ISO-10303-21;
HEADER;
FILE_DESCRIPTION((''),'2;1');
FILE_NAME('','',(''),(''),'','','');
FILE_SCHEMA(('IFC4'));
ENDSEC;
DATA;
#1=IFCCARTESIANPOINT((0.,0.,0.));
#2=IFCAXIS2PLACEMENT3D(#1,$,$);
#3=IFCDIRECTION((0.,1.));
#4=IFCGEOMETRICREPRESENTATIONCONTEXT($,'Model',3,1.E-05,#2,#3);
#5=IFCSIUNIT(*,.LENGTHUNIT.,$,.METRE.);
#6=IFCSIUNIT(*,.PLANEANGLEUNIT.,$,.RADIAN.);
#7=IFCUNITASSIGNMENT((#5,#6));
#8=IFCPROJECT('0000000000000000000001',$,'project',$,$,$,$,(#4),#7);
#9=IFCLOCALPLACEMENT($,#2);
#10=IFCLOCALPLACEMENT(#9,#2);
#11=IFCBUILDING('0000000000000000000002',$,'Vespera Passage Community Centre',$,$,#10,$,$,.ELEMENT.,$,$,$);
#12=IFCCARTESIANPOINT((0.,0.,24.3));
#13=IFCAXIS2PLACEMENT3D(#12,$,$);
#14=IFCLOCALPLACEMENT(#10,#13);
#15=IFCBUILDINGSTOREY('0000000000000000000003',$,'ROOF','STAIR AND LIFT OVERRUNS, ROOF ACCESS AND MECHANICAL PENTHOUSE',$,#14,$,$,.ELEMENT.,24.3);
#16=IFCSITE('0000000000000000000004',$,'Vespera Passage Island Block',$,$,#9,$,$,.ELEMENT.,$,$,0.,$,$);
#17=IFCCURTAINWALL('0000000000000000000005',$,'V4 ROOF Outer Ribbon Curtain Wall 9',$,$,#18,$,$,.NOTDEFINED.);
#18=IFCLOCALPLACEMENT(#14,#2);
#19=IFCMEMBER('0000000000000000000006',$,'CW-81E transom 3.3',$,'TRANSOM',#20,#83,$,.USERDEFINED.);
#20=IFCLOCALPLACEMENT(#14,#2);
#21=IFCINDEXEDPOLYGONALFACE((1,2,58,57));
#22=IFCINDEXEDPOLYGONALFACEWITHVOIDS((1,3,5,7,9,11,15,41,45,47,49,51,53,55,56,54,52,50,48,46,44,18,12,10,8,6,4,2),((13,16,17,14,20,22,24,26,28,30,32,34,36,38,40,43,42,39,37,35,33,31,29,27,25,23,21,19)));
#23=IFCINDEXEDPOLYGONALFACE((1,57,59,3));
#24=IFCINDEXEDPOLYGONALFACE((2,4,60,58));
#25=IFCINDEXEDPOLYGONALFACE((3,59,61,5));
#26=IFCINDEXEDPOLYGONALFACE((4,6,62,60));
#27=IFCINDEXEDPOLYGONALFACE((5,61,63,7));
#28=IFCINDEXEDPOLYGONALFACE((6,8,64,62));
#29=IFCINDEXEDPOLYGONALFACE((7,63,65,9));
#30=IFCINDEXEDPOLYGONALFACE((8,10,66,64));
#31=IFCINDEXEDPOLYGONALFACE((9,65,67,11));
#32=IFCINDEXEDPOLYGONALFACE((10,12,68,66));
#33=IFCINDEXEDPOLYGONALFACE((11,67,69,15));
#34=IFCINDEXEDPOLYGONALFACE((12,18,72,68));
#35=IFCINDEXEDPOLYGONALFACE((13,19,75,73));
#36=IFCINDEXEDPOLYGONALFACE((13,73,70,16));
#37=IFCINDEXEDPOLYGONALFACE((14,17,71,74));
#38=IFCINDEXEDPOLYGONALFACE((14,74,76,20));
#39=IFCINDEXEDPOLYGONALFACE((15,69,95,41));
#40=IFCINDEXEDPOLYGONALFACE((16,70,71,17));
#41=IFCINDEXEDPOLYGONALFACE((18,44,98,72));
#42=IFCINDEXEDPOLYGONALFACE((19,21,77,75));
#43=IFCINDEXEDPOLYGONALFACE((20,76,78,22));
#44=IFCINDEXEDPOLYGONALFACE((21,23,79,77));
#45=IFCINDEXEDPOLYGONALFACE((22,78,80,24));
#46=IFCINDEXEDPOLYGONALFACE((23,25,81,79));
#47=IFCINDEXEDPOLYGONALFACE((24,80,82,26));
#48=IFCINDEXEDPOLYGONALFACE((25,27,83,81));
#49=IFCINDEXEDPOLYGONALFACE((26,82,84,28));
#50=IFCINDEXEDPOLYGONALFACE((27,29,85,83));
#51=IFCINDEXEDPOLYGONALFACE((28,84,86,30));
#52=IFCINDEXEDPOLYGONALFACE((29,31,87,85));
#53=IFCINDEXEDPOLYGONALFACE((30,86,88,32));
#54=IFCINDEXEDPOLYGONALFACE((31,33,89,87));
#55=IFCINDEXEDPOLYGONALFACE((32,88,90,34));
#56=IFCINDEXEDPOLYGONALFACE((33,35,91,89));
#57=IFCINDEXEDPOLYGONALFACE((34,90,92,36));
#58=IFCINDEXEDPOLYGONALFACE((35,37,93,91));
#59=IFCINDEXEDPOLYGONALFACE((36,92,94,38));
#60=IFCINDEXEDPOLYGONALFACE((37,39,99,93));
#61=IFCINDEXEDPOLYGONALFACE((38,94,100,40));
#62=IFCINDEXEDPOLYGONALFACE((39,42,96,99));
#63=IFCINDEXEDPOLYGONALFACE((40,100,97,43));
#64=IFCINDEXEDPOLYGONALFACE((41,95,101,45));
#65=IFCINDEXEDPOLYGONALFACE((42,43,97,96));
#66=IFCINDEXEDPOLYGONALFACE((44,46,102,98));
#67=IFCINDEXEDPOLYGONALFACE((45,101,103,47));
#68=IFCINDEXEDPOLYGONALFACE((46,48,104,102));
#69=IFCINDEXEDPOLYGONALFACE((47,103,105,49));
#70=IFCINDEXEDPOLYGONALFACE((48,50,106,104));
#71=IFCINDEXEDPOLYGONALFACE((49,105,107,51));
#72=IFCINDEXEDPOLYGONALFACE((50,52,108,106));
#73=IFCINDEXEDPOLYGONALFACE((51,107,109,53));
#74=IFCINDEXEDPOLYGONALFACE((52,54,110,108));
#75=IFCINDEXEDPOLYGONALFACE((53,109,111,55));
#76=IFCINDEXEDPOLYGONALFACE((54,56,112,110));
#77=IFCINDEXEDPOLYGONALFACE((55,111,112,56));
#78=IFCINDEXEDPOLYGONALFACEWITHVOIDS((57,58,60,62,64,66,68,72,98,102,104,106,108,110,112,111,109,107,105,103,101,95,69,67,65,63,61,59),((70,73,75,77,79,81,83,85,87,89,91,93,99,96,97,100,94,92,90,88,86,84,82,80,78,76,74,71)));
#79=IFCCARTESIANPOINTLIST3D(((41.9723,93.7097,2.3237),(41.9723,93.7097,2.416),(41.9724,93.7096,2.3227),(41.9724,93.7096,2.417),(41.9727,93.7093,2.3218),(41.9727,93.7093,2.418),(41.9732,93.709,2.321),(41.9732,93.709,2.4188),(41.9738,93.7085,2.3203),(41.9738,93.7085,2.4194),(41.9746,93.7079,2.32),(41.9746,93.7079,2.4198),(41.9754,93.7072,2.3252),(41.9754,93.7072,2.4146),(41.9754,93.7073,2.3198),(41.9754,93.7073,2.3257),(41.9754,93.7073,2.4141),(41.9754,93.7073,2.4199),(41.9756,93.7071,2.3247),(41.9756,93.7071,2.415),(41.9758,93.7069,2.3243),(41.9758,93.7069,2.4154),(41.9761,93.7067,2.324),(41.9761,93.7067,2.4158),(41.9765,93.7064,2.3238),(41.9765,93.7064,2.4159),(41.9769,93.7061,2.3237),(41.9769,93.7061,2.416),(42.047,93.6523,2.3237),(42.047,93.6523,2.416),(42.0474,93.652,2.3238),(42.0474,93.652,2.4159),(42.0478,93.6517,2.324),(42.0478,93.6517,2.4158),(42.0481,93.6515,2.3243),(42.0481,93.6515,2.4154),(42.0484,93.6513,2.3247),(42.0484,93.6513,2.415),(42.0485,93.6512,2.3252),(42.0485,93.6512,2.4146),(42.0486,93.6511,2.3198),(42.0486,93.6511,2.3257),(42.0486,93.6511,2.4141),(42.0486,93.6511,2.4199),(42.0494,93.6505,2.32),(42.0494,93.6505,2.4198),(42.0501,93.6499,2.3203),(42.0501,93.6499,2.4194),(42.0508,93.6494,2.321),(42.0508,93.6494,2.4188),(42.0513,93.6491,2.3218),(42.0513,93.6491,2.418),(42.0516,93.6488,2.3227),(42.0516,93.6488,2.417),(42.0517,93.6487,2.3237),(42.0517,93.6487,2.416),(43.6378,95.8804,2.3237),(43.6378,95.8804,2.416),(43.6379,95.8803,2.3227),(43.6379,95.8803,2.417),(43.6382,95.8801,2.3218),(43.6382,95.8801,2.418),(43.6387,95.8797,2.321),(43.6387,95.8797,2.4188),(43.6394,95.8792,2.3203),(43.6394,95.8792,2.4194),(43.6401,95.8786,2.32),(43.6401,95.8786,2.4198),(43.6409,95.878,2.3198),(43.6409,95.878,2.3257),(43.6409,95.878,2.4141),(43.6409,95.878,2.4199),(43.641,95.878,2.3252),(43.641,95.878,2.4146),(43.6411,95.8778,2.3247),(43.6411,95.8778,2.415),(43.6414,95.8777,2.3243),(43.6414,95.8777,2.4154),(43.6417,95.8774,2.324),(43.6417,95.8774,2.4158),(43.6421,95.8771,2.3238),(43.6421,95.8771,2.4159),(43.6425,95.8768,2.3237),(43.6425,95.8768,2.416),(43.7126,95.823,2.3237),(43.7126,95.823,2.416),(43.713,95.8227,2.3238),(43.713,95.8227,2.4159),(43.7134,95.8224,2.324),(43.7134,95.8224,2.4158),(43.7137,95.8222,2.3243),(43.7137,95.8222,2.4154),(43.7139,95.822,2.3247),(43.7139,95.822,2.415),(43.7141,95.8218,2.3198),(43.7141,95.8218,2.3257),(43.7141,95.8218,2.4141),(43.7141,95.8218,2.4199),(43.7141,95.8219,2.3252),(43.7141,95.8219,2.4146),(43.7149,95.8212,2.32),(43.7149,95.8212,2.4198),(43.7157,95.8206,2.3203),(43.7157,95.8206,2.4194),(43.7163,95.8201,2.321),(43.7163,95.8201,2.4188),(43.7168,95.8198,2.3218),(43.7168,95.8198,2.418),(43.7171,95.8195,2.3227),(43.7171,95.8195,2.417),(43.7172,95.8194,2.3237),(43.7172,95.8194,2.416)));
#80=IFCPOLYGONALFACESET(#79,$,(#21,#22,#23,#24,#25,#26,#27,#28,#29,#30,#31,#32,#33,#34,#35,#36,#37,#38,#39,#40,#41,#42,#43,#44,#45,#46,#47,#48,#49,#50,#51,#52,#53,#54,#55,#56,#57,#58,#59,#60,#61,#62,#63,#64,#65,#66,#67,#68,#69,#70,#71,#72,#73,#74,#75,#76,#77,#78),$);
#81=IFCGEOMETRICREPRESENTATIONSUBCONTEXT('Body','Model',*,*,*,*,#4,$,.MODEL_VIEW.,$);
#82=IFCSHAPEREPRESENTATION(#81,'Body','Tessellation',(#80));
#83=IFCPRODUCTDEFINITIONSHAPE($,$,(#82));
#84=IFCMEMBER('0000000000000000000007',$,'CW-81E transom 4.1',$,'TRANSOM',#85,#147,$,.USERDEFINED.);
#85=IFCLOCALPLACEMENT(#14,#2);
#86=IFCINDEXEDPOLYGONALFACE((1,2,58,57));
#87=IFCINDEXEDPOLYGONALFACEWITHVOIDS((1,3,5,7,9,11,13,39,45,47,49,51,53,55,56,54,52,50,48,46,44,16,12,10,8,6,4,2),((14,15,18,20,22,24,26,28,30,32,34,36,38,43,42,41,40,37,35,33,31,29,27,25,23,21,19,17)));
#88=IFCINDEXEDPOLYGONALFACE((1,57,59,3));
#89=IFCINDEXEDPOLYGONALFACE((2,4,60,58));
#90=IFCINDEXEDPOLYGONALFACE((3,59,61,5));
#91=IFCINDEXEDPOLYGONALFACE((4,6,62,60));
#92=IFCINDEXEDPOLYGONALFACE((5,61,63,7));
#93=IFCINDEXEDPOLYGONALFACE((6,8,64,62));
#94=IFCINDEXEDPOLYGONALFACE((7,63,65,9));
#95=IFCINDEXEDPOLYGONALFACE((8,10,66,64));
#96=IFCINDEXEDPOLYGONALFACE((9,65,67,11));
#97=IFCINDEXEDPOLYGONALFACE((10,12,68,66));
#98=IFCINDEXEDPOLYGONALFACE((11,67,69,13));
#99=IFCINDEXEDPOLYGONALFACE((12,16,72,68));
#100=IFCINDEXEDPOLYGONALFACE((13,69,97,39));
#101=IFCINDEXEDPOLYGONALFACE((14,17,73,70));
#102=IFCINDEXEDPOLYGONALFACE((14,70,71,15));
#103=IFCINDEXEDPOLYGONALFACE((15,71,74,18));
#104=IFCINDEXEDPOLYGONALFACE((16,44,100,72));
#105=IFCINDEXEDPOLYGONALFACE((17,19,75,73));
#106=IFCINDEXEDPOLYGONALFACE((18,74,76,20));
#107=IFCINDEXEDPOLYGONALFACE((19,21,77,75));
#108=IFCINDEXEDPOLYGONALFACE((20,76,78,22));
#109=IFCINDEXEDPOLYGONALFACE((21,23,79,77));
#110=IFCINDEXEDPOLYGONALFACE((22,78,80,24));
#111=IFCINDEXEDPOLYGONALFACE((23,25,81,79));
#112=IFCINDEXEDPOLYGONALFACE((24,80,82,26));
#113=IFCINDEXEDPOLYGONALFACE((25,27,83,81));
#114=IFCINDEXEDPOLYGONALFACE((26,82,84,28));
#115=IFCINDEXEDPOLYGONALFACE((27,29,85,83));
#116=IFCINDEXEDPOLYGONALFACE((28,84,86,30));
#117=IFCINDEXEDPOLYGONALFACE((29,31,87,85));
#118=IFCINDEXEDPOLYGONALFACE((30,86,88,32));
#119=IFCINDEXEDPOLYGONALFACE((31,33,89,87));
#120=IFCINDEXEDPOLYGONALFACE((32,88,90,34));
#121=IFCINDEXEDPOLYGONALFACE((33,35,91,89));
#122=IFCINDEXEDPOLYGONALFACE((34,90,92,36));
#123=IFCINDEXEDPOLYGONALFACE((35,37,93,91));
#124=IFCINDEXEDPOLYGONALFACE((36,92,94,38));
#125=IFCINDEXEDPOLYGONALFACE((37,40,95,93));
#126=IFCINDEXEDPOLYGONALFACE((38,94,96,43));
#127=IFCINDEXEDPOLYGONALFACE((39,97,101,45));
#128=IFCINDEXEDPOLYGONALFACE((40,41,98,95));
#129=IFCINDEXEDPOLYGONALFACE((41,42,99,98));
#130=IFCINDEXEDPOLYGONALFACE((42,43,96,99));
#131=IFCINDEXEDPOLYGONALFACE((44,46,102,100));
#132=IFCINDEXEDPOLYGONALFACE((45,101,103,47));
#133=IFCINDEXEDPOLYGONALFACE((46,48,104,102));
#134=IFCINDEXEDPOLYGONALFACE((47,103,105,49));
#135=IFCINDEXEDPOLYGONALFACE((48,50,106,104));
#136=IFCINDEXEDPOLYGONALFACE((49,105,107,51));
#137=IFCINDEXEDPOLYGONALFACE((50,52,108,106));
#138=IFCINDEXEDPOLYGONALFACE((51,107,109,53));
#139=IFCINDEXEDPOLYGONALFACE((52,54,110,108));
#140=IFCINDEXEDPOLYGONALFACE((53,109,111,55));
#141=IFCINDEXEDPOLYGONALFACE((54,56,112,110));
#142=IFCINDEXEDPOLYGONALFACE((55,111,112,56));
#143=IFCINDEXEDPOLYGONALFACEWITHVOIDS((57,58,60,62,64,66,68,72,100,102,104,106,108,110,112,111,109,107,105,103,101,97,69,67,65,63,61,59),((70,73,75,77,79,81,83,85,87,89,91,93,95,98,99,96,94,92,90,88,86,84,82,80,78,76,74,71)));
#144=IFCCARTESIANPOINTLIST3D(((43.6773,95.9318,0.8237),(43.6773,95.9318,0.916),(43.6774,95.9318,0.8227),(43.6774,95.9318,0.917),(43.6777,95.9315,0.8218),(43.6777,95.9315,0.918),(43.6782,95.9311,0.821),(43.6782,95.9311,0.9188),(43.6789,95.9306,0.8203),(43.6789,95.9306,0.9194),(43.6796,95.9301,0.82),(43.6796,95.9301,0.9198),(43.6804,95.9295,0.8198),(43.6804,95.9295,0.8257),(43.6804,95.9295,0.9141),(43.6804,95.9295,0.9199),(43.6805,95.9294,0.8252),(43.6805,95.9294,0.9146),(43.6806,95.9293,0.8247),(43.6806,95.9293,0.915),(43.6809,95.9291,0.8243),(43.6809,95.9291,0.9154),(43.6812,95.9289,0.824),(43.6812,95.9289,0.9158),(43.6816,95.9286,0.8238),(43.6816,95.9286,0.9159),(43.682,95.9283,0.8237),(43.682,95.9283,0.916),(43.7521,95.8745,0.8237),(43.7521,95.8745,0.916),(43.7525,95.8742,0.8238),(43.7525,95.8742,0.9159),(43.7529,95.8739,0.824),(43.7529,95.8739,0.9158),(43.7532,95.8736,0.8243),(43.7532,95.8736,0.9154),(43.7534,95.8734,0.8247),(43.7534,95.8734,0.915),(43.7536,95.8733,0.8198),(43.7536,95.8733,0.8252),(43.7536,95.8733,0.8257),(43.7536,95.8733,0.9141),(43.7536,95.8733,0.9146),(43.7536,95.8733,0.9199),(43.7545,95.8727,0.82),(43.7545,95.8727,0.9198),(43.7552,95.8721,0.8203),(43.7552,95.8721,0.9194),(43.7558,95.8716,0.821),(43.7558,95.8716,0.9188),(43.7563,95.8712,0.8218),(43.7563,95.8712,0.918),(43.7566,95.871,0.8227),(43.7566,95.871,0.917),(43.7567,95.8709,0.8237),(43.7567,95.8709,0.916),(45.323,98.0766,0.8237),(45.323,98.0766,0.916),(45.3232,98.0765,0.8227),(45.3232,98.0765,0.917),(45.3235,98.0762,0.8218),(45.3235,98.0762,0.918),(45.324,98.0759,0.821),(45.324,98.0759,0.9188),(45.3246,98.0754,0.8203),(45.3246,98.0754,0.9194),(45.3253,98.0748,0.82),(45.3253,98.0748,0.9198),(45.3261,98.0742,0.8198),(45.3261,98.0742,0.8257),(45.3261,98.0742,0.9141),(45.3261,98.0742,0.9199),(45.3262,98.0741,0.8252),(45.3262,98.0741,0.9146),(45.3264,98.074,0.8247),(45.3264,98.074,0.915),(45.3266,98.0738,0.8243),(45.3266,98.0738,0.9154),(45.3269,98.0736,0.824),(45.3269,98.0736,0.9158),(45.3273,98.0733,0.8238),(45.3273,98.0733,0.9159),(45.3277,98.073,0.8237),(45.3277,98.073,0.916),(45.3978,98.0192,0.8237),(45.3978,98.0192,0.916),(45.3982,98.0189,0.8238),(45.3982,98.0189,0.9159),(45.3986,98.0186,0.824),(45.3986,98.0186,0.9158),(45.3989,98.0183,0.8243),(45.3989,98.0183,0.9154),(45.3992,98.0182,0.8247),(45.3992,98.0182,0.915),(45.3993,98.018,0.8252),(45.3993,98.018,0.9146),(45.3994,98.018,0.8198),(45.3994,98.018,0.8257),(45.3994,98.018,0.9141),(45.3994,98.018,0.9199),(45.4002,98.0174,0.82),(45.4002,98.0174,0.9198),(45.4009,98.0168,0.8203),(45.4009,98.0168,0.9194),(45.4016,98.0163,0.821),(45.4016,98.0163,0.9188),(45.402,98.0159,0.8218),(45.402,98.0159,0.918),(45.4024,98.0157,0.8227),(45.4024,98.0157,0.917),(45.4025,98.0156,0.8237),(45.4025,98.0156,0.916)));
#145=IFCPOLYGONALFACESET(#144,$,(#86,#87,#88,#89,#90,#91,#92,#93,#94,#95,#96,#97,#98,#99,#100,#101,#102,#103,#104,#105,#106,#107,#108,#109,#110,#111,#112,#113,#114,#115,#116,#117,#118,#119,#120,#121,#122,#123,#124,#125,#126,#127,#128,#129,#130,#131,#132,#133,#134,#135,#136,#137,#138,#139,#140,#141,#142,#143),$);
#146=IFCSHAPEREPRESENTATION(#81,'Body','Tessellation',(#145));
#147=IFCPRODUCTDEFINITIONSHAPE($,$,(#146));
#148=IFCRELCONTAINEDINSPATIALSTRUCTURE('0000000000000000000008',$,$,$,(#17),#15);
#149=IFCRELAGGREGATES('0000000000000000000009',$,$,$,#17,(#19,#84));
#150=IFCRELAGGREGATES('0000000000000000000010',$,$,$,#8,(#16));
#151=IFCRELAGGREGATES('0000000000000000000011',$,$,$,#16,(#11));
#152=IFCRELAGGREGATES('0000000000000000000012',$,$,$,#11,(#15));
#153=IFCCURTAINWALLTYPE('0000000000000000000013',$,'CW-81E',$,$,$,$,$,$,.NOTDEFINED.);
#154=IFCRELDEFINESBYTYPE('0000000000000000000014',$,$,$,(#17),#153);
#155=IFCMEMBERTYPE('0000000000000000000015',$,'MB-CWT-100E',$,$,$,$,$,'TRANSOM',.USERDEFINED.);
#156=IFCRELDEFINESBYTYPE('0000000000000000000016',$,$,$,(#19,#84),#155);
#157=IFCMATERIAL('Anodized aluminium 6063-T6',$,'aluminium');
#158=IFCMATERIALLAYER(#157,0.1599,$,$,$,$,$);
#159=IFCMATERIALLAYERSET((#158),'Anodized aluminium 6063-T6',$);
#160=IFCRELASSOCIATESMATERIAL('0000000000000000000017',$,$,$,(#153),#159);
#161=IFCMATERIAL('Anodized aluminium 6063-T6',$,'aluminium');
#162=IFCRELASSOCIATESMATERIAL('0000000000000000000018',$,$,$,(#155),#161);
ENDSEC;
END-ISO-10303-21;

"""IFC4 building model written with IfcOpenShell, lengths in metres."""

from ifc_helpers import new_model, si_unit, direction, frame, origin, origin_2d, place, context, subcontext, project, spatial, hollow_rectangle, extrude, material, layer, layer_set, material_profile, profile_set, type_object, element, aggregate, save


model = new_model("IFC4")

# Units and contexts
model_context = context("Model", 3, precision=1e-05, world=origin(), true_north=direction((0.0, 1.0)))
body_context = subcontext(model_context, "Body", "Model", "MODEL_VIEW")
ifc_project = project(units=[si_unit("LENGTHUNIT", "METRE"), si_unit("PLANEANGLEUNIT", "RADIAN")], contexts=[model_context])

# Site, building, storey
site_placement = place(None, origin())
site = spatial("IfcSite", under=ifc_project, at=site_placement, Name="Vespera Passage Island Block", CompositionType="ELEMENT", RefElevation=0.0)
building_placement = place(site_placement, origin())
building = spatial("IfcBuilding", under=site, at=building_placement, Name="Vespera Passage Community Centre", CompositionType="ELEMENT")
storey_placement = place(building_placement, frame((0.0, 0.0, 24.3)))
storey = spatial("IfcBuildingStorey", under=building, at=storey_placement, Name="ROOF", Description="STAIR AND LIFT OVERRUNS, ROOF ACCESS AND MECHANICAL PENTHOUSE", CompositionType="ELEMENT", Elevation=24.3)

# Curtain wall
ifc_material_1 = material(Name="Anodized aluminium 6063-T6", Category="aluminium")
ifc_layer_1 = layer(ifc_material_1, 0.1599)
ifc_layer_set_1 = layer_set([ifc_layer_1], Name="Anodized aluminium 6063-T6")
curtain_wall_type_1 = type_object("IfcCurtainWallType", Name="CW-81E", PredefinedType="NOTDEFINED", material=ifc_layer_set_1)
curtain_wall_1_placement = place(storey_placement, origin())
curtain_wall_1 = element("IfcCurtainWall", 1, at=curtain_wall_1_placement, inside=storey, type_object=curtain_wall_type_1, Name="V4 ROOF Outer Ribbon Curtain Wall 9", PredefinedType="NOTDEFINED")

# Members
ifc_material_2 = material(Name="Anodized aluminium 6063-T6", Category="aluminium")
ifc_material_profile_1 = material_profile(ifc_material_2, hollow_rectangle(XDim=0.1001, YDim=0.1001, WallThickness=0.0039, InnerFilletRadius=0.002, OuterFilletRadius=0.0039, at=origin_2d()), Name="ALU100X100X4")
ifc_profile_set_1 = profile_set([ifc_material_profile_1], Name="Anodized aluminium 6063-T6")
member_type_1 = type_object("IfcMemberType", Name="MB-CWT-100E", ElementType="TRANSOM", PredefinedType="USERDEFINED", material=ifc_profile_set_1)
member_1_placement = place(storey_placement, frame((42.012, 93.6792, 2.3699), z_axis=(0.608744, 0.793366, 0.0), x_axis=(-0.793366, 0.608744, 0.0)))
member_1 = element("IfcMember", 2, at=member_1_placement, type_object=member_type_1, Name="CW-81E transom 3.3", ObjectType="TRANSOM", PredefinedType="USERDEFINED", context=body_context, shape_type="SweptSolid", body=[
    extrude(hollow_rectangle(XDim=0.1001, YDim=0.1001, WallThickness=0.0039, InnerFilletRadius=0.002, OuterFilletRadius=0.0039, at=origin_2d()), origin(), (0.0, 0.0, 1.0), 2.7361),
])
member_2_placement = place(storey_placement, frame((43.717, 95.9014, 0.8699), z_axis=(0.608763, 0.793352, 0.0), x_axis=(-0.793352, 0.608763, 0.0)))
member_2 = element("IfcMember", 3, at=member_2_placement, type_object=member_type_1, Name="CW-81E transom 4.1", ObjectType="TRANSOM", PredefinedType="USERDEFINED", context=body_context, shape_type="SweptSolid", body=[
    extrude(hollow_rectangle(XDim=0.1001, YDim=0.1001, WallThickness=0.0039, InnerFilletRadius=0.002, OuterFilletRadius=0.0039, at=origin_2d()), origin(), (0.0, 0.0, 1.0), 2.7034),
])

aggregate(curtain_wall_1, [member_1, member_2])

save(model, "model.ifc")
